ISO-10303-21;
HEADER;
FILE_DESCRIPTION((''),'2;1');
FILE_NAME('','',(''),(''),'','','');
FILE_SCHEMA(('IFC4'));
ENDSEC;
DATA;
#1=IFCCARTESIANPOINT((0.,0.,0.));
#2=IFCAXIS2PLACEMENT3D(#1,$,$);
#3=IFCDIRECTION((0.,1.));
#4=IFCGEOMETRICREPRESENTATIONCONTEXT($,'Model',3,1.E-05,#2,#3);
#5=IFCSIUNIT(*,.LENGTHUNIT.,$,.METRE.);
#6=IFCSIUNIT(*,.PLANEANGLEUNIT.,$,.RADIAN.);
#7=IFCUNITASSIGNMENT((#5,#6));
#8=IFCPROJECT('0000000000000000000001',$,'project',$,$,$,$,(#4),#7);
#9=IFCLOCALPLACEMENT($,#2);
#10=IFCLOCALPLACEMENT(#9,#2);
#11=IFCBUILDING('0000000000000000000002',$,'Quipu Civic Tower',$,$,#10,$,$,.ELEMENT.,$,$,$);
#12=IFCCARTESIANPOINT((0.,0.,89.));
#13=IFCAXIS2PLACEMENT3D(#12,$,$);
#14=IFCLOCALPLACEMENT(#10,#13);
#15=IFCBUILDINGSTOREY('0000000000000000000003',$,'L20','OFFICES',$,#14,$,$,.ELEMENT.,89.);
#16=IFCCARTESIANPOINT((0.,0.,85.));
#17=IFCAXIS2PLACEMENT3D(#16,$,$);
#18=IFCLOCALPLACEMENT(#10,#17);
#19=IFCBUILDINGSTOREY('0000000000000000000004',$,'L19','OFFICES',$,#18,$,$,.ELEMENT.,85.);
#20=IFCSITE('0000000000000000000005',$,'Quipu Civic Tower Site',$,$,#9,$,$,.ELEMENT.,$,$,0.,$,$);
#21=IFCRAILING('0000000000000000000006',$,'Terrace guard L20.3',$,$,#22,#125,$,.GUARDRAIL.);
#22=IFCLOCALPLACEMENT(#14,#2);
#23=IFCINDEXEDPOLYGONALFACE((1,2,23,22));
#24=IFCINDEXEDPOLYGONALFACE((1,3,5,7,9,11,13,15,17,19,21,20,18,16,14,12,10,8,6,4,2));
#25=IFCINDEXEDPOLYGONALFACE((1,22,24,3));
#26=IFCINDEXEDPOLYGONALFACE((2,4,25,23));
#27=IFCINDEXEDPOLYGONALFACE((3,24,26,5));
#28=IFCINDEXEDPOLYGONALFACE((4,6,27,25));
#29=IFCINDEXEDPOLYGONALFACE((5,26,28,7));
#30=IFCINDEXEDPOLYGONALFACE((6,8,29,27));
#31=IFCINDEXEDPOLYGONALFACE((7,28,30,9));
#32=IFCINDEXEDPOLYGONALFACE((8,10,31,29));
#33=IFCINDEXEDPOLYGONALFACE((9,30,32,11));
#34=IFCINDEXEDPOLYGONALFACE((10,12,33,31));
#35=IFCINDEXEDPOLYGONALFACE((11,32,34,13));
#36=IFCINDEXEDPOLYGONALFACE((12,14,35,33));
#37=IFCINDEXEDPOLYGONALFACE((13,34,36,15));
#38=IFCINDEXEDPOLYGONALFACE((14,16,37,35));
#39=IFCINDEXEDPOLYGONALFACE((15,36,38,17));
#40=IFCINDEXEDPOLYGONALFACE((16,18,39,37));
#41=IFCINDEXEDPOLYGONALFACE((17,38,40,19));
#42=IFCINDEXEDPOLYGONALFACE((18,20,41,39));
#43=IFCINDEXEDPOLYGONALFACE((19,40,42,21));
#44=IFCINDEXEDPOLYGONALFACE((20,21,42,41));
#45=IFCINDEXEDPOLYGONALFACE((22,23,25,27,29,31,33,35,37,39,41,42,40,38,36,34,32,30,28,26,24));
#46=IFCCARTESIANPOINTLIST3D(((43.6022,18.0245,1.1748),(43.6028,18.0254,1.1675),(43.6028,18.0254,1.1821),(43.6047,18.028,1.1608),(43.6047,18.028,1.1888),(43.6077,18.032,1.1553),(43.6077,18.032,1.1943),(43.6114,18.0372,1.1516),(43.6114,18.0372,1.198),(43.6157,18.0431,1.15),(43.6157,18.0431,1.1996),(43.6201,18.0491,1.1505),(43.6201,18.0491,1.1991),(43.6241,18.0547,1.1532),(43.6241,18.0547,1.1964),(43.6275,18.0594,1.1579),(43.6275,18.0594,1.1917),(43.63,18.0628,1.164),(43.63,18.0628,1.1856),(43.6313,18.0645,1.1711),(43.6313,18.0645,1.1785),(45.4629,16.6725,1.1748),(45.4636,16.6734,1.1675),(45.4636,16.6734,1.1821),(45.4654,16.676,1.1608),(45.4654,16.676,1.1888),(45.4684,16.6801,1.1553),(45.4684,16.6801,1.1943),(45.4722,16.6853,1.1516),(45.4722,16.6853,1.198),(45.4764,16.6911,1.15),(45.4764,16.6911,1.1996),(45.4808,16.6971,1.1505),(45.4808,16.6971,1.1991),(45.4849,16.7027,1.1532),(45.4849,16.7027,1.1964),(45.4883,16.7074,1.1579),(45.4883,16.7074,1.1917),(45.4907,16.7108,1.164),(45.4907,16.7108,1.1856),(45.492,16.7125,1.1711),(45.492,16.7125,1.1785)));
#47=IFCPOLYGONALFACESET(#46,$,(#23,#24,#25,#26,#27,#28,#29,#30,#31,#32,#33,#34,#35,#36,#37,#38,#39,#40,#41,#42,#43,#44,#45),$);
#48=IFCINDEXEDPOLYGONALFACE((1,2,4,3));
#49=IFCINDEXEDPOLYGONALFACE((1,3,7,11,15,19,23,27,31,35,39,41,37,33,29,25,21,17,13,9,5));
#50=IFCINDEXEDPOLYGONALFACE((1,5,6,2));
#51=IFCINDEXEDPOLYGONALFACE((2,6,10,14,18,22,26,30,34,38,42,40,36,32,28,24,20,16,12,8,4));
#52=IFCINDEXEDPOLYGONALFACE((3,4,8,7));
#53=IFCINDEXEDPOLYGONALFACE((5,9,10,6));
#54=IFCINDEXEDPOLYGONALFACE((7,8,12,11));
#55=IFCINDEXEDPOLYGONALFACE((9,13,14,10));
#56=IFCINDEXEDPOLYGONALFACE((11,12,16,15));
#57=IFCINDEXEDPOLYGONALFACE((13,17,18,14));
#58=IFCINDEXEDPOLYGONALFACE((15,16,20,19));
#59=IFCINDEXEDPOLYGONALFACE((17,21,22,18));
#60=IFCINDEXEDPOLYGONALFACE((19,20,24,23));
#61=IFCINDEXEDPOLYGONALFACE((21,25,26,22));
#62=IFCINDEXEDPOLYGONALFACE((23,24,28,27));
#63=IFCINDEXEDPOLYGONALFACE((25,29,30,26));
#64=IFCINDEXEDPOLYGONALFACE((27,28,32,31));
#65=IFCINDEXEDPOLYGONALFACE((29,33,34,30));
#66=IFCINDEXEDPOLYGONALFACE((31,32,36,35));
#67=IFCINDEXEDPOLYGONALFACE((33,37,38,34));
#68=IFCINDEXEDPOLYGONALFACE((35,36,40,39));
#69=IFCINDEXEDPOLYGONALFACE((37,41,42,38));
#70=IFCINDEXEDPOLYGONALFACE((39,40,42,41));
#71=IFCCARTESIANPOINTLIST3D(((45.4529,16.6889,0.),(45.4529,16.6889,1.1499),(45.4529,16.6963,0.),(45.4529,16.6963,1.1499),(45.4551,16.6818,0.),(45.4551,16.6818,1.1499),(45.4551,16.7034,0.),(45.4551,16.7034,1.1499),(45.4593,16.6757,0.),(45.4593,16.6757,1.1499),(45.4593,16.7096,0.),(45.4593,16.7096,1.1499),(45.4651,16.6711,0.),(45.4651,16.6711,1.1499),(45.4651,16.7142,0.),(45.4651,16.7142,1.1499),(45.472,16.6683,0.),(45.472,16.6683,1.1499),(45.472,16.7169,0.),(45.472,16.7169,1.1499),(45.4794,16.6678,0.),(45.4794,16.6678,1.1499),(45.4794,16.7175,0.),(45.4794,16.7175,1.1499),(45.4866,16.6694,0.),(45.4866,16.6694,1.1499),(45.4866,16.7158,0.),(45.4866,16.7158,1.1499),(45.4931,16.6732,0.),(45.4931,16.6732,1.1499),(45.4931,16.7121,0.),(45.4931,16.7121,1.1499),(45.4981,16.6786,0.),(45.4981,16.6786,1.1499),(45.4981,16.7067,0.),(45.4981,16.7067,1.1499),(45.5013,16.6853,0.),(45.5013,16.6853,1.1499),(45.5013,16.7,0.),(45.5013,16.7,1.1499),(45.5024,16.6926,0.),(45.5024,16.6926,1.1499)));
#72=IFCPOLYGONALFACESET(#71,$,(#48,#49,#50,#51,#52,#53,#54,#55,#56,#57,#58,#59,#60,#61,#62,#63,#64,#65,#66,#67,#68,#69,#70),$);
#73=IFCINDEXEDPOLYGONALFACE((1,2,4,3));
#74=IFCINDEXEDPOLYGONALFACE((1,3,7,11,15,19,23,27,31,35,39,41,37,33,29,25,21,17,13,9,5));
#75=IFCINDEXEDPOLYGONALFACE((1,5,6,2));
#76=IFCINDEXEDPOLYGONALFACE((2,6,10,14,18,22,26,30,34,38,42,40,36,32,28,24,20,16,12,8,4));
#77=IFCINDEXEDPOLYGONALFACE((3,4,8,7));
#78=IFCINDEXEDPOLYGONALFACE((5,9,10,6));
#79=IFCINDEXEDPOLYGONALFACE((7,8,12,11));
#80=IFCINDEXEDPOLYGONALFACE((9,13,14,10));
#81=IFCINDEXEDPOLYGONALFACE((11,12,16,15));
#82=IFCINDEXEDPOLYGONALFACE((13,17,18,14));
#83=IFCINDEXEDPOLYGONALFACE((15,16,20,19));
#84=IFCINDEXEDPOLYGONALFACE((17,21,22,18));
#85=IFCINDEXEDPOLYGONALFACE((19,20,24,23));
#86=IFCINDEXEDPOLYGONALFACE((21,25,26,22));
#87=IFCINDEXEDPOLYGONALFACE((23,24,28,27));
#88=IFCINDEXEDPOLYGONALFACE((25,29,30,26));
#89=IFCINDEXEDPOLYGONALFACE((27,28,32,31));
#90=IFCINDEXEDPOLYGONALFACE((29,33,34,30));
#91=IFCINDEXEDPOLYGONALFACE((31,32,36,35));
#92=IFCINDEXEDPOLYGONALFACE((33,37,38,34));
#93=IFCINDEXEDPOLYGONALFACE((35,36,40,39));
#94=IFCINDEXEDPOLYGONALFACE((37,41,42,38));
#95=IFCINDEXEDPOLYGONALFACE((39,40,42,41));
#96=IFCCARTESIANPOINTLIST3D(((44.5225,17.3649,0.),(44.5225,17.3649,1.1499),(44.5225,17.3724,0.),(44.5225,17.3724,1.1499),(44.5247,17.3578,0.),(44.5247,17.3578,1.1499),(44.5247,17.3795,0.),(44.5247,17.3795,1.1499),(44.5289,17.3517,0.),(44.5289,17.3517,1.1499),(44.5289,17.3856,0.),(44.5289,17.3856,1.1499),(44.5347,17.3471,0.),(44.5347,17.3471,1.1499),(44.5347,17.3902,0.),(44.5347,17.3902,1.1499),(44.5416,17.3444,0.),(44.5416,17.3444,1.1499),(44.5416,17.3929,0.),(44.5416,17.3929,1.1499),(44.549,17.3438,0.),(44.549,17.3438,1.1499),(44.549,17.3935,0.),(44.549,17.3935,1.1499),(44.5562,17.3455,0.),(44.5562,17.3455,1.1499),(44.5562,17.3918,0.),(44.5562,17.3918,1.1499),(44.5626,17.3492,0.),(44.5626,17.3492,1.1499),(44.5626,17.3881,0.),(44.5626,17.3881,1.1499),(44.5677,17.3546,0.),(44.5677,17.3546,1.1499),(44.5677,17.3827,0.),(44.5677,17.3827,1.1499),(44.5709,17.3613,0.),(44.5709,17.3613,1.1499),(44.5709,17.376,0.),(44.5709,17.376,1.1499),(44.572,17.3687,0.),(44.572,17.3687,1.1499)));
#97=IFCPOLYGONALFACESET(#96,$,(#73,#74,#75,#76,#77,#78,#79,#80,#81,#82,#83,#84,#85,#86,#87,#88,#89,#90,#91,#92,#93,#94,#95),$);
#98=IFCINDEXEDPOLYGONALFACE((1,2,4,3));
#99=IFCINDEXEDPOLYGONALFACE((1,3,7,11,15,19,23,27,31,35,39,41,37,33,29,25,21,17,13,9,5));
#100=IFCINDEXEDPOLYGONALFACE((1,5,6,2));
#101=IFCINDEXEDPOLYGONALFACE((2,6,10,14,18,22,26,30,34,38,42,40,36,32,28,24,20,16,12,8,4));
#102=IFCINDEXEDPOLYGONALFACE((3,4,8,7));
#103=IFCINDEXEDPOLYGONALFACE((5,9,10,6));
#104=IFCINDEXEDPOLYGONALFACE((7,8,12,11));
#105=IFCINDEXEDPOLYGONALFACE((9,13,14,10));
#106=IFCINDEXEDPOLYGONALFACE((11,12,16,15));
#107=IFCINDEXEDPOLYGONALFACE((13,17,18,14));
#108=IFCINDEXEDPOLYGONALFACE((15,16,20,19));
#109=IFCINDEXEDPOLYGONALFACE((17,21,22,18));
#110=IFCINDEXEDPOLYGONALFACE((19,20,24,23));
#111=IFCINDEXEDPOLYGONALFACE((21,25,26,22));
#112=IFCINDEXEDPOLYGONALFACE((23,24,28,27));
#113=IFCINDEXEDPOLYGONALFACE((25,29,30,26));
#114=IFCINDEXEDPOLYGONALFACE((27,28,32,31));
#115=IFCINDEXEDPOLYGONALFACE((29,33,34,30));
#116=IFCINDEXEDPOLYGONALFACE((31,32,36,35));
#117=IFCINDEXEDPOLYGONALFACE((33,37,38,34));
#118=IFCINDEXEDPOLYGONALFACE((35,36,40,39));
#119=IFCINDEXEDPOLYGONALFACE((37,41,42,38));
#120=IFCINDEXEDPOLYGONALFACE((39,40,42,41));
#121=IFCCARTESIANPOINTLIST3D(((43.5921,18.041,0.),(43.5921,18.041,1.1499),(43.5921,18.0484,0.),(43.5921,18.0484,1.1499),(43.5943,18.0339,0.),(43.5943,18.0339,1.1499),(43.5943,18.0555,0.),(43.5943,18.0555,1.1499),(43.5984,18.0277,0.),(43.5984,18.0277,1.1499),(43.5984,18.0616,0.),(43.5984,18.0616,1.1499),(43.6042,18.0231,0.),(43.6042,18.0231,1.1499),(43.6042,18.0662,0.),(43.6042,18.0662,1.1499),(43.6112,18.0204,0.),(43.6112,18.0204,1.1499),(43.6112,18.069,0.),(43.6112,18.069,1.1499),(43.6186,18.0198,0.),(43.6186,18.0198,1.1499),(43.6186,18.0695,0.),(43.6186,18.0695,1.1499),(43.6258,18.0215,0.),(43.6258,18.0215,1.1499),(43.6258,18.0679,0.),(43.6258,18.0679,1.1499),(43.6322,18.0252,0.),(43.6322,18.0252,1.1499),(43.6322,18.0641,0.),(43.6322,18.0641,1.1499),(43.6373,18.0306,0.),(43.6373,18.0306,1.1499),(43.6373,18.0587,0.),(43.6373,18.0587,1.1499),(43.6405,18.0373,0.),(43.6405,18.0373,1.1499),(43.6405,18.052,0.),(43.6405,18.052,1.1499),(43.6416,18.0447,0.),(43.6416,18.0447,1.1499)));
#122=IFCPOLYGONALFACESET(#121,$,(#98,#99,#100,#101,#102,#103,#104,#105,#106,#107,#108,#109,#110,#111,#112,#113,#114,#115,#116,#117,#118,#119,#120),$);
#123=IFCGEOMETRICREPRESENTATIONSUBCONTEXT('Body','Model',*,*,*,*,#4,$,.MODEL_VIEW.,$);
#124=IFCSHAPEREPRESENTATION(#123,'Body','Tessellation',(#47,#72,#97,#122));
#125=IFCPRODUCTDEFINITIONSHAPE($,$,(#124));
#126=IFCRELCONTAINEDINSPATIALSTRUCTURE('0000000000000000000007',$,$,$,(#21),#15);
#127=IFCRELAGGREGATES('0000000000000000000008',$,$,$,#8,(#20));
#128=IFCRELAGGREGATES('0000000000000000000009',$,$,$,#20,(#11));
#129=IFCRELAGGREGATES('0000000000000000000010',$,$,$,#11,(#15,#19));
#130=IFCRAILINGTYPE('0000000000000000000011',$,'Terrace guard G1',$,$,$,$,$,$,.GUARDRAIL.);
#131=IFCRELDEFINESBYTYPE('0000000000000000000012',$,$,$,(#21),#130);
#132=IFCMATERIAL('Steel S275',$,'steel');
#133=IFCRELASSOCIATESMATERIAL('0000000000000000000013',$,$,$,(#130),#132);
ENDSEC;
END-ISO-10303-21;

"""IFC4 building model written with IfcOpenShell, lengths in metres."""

from ifc_helpers import new_model, si_unit, direction, frame, origin, origin_2d, place, context, subcontext, project, spatial, circle, extrude, material, type_object, element, save


model = new_model("IFC4")

# Units and contexts
model_context = context("Model", 3, precision=1e-05, world=origin(), true_north=direction((0.0, 1.0)))
body_context = subcontext(model_context, "Body", "Model", "MODEL_VIEW")
ifc_project = project(units=[si_unit("LENGTHUNIT", "METRE"), si_unit("PLANEANGLEUNIT", "RADIAN")], contexts=[model_context])

# Site, building, storey
site_placement = place(None, origin())
site = spatial("IfcSite", under=ifc_project, at=site_placement, Name="Quipu Civic Tower Site", CompositionType="ELEMENT", RefElevation=0.0)
building_placement = place(site_placement, origin())
building = spatial("IfcBuilding", under=site, at=building_placement, Name="Quipu Civic Tower", CompositionType="ELEMENT")
storey_1_placement = place(building_placement, frame((0.0, 0.0, 89.0)))
storey_1 = spatial("IfcBuildingStorey", under=building, at=storey_1_placement, Name="L20", Description="OFFICES", CompositionType="ELEMENT", Elevation=89.0)

# Shared definitions
storey_2_placement = place(building_placement, frame((0.0, 0.0, 85.0)))
storey_2 = spatial("IfcBuildingStorey", under=building, at=storey_2_placement, Name="L19", Description="OFFICES", CompositionType="ELEMENT", Elevation=85.0)

# Railing
ifc_material_1 = material(Name="Steel S275", Category="steel")
railing_type = type_object("IfcRailingType", Name="Terrace guard G1", PredefinedType="GUARDRAIL", material=ifc_material_1)
railing_1_placement = place(storey_1_placement, frame((45.4775, 16.6926, 0.0)))
element("IfcRailing", 1, at=railing_1_placement, inside=storey_1, type_object=railing_type, Name="Terrace guard L20.3", PredefinedType="GUARDRAIL", context=body_context, shape_type="SweptSolid", body=[
    extrude(circle(Radius=0.0249, at=origin_2d()), frame((0.0, 0.0, 1.1748), z_axis=(-0.809002, 0.587806, 0.0), x_axis=(-0.587806, -0.809002, 0.0)), (0.0, 0.0, 1.0), 2.3),
    extrude(circle(Radius=0.0249, at=origin_2d()), origin(), (0.0, 0.0, 1.0), 1.1499),
    extrude(circle(Radius=0.0249, at=origin_2d()), frame((-0.9304, 0.676, 0.0)), (0.0, 0.0, 1.0), 1.1499),
    extrude(circle(Radius=0.0249, at=origin_2d()), frame((-1.8608, 1.3521, 0.0)), (0.0, 0.0, 1.0), 1.1499),
])

save(model, "model.ifc")
